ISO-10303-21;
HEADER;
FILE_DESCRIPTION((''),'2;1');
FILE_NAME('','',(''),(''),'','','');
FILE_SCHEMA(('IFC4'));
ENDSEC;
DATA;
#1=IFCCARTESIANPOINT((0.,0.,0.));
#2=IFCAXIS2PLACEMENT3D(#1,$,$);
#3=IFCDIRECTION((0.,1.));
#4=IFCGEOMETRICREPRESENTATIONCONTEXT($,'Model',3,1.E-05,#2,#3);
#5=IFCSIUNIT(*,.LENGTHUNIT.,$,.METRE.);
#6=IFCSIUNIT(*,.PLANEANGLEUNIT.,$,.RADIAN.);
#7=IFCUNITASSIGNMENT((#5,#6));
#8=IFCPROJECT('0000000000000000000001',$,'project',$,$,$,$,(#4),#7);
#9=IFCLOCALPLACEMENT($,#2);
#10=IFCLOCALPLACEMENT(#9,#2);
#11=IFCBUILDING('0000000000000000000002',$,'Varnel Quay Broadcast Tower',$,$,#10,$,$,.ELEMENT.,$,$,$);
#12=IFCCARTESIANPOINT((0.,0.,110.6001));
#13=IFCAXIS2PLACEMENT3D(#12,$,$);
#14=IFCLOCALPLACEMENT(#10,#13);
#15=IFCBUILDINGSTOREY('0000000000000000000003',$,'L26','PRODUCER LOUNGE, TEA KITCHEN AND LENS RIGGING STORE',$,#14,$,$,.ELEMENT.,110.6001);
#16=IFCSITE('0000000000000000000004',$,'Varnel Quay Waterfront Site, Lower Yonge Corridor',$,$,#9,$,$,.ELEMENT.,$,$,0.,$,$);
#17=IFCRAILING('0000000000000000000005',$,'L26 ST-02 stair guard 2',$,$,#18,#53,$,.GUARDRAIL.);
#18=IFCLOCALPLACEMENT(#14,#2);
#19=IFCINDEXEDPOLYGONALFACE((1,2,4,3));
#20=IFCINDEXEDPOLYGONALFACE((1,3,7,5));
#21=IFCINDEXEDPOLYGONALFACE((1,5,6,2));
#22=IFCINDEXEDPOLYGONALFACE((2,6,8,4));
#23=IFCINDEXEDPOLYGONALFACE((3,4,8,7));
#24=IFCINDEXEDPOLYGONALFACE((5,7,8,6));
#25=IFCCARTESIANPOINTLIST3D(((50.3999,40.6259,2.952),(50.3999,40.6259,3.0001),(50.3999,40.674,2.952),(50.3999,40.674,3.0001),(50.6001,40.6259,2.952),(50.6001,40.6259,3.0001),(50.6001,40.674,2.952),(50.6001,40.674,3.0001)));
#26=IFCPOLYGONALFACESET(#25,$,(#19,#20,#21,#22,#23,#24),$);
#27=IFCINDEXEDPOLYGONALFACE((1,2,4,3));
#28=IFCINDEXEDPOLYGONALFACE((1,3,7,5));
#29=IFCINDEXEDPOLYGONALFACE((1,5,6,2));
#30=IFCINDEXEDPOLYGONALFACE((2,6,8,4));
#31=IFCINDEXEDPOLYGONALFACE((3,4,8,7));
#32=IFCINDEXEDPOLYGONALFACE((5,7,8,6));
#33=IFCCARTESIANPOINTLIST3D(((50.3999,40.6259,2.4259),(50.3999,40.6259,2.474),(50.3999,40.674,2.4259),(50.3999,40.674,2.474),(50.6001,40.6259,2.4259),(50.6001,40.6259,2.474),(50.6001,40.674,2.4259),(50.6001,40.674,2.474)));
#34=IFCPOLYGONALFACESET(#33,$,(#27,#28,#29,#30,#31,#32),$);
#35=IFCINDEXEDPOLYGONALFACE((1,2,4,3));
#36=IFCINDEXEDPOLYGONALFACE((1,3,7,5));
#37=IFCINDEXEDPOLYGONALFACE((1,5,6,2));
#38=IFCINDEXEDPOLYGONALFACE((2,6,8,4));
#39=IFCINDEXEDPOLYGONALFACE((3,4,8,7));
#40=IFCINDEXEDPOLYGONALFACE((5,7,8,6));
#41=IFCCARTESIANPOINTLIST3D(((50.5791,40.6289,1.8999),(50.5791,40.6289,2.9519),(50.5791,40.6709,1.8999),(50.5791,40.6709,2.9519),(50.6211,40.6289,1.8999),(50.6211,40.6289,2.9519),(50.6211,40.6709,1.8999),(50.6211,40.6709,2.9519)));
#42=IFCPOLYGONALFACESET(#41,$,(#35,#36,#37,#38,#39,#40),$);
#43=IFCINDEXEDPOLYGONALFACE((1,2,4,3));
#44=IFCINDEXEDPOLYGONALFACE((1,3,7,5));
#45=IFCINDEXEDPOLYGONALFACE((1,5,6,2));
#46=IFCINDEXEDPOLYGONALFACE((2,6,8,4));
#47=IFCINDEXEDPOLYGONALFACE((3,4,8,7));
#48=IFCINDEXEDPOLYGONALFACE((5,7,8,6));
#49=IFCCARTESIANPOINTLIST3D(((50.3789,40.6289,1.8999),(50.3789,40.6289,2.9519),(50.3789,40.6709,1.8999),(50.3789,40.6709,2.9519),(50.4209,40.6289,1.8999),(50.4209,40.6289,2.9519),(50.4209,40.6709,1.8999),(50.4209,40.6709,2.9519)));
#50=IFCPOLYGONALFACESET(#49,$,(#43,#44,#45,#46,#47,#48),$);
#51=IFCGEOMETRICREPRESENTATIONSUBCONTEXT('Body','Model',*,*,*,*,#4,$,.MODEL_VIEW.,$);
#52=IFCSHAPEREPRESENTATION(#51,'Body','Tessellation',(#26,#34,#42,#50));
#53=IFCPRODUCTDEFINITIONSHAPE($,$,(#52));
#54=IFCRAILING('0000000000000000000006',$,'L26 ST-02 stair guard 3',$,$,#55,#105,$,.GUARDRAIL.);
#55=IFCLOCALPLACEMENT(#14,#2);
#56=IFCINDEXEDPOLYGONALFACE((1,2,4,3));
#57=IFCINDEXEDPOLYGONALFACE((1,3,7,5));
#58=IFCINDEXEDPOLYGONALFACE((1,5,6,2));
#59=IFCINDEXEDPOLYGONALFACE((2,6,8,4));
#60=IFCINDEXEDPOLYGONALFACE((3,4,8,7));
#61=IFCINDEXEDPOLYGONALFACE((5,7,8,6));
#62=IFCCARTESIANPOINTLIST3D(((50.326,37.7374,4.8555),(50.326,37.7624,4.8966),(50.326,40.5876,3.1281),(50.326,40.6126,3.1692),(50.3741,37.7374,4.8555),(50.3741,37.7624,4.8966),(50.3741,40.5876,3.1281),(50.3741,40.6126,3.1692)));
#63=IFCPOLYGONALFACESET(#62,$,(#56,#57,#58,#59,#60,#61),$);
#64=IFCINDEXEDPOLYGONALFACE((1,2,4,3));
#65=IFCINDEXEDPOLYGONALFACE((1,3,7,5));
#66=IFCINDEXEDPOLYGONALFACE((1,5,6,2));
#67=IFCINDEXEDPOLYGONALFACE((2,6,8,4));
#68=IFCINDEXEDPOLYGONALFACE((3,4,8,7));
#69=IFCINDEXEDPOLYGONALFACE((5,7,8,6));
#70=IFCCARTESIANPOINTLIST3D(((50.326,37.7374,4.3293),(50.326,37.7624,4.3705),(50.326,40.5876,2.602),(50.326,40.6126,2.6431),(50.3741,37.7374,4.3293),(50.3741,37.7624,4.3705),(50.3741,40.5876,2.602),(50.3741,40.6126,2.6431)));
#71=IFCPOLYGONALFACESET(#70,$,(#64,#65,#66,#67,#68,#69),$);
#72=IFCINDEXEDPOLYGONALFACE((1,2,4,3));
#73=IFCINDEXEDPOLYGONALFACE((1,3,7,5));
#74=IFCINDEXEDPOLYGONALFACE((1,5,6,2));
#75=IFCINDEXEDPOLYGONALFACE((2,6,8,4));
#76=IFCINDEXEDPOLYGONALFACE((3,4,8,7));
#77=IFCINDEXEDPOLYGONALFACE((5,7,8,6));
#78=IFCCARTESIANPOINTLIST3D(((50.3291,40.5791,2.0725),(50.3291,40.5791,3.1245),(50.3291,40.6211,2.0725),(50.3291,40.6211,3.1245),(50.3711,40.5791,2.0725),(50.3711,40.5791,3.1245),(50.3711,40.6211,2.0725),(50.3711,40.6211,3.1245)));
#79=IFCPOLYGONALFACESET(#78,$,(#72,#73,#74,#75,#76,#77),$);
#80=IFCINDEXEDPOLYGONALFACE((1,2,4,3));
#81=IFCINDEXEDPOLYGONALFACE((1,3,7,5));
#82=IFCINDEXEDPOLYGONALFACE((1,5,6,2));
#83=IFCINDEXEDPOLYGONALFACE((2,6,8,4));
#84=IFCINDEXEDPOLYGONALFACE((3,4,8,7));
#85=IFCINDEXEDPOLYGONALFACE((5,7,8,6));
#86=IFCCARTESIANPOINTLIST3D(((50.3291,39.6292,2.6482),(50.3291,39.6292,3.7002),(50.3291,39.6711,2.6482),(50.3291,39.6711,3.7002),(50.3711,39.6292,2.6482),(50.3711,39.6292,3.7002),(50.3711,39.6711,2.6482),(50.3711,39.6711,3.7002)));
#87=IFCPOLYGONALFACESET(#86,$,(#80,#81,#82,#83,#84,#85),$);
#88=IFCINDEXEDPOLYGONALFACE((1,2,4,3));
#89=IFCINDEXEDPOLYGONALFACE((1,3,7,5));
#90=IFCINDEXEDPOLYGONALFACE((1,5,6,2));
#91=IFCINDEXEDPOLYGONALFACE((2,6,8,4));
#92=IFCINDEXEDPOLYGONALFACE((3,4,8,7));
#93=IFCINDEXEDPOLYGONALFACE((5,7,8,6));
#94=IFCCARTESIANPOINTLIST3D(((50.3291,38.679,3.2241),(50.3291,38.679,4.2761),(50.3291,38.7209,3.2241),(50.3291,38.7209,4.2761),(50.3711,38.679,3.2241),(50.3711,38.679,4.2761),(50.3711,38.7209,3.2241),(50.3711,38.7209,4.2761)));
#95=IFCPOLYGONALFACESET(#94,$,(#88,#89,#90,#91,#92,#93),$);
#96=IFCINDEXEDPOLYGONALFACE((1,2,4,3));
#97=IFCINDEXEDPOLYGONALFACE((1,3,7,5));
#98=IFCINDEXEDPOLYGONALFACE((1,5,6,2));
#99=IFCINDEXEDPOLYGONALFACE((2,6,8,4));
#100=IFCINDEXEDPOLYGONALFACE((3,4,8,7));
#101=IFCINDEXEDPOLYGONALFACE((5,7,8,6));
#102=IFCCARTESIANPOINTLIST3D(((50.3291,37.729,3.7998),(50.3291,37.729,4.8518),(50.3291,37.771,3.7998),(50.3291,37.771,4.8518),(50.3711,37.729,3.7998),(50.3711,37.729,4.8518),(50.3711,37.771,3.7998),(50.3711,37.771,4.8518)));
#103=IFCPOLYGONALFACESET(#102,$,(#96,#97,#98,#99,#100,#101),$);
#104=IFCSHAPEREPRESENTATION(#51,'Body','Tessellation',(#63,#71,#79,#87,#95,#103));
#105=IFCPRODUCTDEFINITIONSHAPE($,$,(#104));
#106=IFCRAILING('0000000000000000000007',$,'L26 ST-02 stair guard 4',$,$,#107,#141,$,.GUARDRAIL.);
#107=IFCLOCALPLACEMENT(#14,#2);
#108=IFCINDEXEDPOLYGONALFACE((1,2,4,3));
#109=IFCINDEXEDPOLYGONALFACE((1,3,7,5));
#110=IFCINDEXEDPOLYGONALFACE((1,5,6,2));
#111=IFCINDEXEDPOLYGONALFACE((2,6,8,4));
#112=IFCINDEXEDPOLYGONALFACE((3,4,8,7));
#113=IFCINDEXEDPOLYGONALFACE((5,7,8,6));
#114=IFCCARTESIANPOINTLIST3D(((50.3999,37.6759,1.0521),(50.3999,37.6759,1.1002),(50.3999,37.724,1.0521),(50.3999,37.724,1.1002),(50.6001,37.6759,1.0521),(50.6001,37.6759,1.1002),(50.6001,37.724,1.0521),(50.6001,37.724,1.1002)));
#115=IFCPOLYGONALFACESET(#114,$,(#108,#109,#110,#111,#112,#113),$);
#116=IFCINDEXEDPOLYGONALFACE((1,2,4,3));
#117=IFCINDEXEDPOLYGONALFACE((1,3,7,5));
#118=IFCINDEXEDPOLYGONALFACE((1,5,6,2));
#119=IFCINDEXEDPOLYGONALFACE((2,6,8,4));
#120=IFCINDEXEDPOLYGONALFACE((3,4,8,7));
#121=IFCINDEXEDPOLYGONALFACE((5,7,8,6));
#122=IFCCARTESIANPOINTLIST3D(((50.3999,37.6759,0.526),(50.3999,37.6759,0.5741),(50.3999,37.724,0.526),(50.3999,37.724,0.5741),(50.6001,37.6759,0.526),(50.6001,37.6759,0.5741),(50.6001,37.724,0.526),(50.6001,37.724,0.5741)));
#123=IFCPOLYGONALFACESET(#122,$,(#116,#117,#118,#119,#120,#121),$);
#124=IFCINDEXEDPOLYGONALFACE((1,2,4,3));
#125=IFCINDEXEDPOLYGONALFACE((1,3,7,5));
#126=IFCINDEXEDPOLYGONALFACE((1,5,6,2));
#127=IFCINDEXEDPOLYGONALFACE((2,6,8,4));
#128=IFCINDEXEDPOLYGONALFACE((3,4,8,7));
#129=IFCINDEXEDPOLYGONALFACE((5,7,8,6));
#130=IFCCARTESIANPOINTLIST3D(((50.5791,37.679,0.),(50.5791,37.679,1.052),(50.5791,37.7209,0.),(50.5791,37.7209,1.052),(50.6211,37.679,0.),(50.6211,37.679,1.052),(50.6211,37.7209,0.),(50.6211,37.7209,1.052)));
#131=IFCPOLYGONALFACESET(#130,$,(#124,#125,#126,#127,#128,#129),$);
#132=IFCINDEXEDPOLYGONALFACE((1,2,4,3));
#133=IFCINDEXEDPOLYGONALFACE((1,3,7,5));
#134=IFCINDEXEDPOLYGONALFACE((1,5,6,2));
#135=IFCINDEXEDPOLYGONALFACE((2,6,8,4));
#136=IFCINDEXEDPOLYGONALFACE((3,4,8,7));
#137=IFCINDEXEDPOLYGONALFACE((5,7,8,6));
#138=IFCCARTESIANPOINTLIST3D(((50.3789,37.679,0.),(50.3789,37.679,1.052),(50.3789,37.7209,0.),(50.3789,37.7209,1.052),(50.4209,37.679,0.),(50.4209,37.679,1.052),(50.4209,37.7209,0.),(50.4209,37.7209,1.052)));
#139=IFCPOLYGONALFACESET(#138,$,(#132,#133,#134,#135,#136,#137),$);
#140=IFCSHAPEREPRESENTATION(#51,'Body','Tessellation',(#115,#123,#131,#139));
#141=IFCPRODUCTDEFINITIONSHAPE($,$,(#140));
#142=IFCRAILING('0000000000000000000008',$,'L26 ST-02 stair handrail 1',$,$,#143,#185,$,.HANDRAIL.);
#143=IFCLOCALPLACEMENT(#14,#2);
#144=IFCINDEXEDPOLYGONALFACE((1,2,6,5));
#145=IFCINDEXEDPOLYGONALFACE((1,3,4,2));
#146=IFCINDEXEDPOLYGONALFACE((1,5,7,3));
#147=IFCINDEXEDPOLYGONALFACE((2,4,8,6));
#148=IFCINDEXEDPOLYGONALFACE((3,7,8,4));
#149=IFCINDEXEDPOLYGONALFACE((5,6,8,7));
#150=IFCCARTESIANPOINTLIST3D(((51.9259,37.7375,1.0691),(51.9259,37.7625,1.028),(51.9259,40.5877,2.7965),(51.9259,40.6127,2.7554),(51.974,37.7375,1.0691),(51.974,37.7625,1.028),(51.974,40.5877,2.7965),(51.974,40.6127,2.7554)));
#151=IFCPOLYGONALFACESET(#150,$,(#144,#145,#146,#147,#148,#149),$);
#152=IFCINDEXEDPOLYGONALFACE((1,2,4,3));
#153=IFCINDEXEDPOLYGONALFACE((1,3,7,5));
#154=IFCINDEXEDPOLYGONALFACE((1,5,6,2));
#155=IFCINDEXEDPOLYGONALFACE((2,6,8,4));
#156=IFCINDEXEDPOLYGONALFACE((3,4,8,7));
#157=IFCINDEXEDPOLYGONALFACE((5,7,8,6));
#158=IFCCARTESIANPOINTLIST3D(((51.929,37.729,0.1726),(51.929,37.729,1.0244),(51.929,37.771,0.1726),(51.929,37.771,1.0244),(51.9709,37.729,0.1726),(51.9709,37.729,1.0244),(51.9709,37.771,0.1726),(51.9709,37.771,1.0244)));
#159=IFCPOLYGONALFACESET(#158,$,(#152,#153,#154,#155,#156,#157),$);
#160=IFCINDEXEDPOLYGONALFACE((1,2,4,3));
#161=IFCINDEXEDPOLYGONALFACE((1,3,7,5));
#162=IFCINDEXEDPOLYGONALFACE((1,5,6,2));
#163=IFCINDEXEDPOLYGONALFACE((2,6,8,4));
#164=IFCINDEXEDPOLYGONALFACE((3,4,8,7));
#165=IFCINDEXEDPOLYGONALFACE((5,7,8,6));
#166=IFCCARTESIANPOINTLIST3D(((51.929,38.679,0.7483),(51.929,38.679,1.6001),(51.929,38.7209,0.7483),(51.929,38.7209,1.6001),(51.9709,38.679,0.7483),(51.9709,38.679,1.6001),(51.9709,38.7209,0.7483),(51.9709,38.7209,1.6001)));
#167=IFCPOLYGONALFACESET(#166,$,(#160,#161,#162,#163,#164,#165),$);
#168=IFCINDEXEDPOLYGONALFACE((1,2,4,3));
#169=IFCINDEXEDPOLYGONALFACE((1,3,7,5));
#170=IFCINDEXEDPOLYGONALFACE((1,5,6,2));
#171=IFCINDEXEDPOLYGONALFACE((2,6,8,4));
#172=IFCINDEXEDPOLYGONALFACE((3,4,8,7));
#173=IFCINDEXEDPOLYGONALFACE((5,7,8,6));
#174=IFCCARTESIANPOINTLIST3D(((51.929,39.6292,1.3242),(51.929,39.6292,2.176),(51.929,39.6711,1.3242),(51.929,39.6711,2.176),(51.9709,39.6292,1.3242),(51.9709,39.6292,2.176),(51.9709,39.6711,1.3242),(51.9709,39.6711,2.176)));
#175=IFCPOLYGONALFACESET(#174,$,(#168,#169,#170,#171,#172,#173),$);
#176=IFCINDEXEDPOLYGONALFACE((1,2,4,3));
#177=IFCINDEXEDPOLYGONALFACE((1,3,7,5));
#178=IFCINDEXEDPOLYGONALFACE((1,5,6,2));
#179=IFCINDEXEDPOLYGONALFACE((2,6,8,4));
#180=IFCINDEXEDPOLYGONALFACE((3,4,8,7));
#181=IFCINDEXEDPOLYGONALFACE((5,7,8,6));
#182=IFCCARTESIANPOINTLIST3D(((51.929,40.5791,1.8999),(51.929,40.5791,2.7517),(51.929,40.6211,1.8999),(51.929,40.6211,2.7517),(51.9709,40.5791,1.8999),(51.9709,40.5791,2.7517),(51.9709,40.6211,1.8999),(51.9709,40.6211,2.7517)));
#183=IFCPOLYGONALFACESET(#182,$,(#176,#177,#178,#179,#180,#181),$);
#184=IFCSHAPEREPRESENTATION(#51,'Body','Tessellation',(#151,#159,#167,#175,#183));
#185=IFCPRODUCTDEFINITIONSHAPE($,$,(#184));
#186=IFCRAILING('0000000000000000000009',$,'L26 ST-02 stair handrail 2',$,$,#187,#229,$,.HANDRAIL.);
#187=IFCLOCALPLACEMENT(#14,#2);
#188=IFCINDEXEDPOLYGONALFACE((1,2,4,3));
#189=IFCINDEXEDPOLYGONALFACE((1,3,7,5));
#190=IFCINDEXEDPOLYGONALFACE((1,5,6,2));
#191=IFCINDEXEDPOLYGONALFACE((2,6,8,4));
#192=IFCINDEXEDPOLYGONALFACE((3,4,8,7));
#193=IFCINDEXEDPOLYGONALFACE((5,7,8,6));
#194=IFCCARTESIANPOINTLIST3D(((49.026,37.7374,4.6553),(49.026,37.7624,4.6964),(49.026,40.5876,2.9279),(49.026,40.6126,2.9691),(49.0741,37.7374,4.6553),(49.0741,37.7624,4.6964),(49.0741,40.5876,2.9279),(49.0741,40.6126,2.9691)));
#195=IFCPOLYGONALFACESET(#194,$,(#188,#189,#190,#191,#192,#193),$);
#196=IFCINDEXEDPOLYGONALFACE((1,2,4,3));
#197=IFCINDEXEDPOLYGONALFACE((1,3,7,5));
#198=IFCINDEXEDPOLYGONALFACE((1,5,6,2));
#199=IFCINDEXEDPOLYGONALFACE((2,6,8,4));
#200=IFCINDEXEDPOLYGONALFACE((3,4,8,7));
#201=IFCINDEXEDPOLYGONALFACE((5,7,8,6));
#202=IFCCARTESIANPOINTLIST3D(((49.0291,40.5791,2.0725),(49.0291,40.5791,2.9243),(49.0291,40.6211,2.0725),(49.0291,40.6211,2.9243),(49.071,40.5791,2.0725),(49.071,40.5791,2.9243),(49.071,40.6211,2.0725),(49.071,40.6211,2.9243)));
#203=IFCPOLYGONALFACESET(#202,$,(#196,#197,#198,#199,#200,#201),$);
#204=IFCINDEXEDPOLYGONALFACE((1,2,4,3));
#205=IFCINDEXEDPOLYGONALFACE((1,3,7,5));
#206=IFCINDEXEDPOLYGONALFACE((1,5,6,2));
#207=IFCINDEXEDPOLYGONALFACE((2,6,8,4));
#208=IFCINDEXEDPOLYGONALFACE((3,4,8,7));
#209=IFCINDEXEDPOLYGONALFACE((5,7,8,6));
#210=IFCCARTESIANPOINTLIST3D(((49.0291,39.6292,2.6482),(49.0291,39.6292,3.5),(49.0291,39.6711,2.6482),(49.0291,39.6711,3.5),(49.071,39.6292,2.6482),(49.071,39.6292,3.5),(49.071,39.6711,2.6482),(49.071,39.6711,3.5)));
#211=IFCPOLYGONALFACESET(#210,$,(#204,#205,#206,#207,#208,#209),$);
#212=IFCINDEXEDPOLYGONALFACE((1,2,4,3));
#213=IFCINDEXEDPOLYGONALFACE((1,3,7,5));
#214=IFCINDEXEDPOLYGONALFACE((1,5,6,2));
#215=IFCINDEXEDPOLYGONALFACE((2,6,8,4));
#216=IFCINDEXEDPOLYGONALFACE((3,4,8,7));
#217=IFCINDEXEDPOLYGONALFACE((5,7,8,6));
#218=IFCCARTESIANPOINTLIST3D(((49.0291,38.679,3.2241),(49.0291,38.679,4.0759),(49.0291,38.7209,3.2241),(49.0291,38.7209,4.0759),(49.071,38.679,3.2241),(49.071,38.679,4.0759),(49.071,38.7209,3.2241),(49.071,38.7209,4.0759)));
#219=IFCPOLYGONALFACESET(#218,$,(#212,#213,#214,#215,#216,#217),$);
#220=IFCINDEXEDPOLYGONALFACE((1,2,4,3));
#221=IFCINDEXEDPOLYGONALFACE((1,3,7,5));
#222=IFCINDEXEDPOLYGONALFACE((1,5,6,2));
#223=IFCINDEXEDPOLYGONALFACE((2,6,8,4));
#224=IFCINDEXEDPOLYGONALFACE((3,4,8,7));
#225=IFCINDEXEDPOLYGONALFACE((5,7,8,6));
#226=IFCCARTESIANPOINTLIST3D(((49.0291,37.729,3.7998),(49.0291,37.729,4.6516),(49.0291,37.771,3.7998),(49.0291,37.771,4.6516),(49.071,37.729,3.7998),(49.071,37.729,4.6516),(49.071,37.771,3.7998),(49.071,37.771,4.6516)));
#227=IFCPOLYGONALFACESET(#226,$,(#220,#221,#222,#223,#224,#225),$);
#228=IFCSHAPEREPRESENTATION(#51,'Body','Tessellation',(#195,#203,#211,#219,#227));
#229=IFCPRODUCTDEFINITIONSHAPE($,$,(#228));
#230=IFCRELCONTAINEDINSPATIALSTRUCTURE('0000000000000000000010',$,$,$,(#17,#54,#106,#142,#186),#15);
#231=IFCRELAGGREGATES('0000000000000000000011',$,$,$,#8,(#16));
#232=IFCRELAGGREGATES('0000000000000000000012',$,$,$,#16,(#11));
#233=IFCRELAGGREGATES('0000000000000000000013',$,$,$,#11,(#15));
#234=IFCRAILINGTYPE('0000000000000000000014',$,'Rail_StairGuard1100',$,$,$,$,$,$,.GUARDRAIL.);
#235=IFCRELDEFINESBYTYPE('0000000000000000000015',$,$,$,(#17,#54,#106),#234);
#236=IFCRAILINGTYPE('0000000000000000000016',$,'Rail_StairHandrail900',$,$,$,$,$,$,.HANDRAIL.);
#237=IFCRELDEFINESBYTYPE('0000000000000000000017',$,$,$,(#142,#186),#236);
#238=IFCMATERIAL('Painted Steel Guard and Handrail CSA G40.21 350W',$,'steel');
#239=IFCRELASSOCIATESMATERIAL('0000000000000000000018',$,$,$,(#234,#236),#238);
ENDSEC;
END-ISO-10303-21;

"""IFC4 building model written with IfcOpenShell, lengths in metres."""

from ifc_helpers import new_model, si_unit, direction, frame, origin, origin_2d, place, context, subcontext, project, spatial, rectangle, extrude, material, type_object, element, save


model = new_model("IFC4")

# Units and contexts
model_context = context("Model", 3, precision=1e-05, world=origin(), true_north=direction((0.0, 1.0)))
body_context = subcontext(model_context, "Body", "Model", "MODEL_VIEW")
ifc_project = project(units=[si_unit("LENGTHUNIT", "METRE"), si_unit("PLANEANGLEUNIT", "RADIAN")], contexts=[model_context])

# Site, building, storey
site_placement = place(None, origin())
site = spatial("IfcSite", under=ifc_project, at=site_placement, Name="Varnel Quay Waterfront Site, Lower Yonge Corridor", CompositionType="ELEMENT", RefElevation=0.0)
building_placement = place(site_placement, origin())
building = spatial("IfcBuilding", under=site, at=building_placement, Name="Varnel Quay Broadcast Tower", CompositionType="ELEMENT")
storey_placement = place(building_placement, frame((0.0, 0.0, 110.6001)))
storey = spatial("IfcBuildingStorey", under=building, at=storey_placement, Name="L26", Description="PRODUCER LOUNGE, TEA KITCHEN AND LENS RIGGING STORE", CompositionType="ELEMENT", Elevation=110.6001)

# Railings
ifc_material_1 = material(Name="Painted Steel Guard and Handrail CSA G40.21 350W", Category="steel")
railing_type_1 = type_object("IfcRailingType", Name="Rail_StairGuard1100", PredefinedType="GUARDRAIL", material=ifc_material_1)
railing_1_placement = place(storey_placement, frame((50.6001, 40.6499, 1.8999)))
element("IfcRailing", 1, at=railing_1_placement, inside=storey, type_object=railing_type_1, Name="L26 ST-02 stair guard 2", PredefinedType="GUARDRAIL", context=body_context, shape_type="SweptSolid", body=[
    extrude(rectangle(XDim=0.0481, YDim=0.0481, at=origin_2d()), frame((0.0, 0.0, 1.0762), z_axis=(-1.0, 0.0, 0.0), x_axis=(0.0, -1.0, 0.0)), (0.0, 0.0, 1.0), 0.2002),
    extrude(rectangle(XDim=0.0481, YDim=0.0481, at=origin_2d()), frame((0.0, 0.0, 0.55), z_axis=(-1.0, 0.0, 0.0), x_axis=(0.0, -1.0, 0.0)), (0.0, 0.0, 1.0), 0.2002),
    extrude(rectangle(XDim=0.042, YDim=0.042, at=origin_2d()), origin(), (0.0, 0.0, 1.0), 1.052),
    extrude(rectangle(XDim=0.042, YDim=0.042, at=origin_2d()), frame((-0.2002, 0.0, 0.0)), (0.0, 0.0, 1.0), 1.052),
])
railing_2_placement = place(storey_placement, frame((50.3501, 40.6001, 2.0725)))
element("IfcRailing", 2, at=railing_2_placement, inside=storey, type_object=railing_type_1, Name="L26 ST-02 stair guard 3", PredefinedType="GUARDRAIL", context=body_context, shape_type="SweptSolid", body=[
    extrude(rectangle(XDim=0.0481, YDim=0.0481, at=origin_2d()), frame((0.0, 0.0, 1.0762), z_axis=(0.0, -0.855203, 0.518294), x_axis=(1.0, 0.0, 0.0)), (0.0, 0.0, 1.0), 3.3328),
    extrude(rectangle(XDim=0.0481, YDim=0.0481, at=origin_2d()), frame((0.0, 0.0, 0.55), z_axis=(0.0, -0.855203, 0.518294), x_axis=(1.0, 0.0, 0.0)), (0.0, 0.0, 1.0), 3.3328),
    extrude(rectangle(XDim=0.042, YDim=0.042, at=origin_2d()), origin(), (0.0, 0.0, 1.0), 1.052),
    extrude(rectangle(XDim=0.042, YDim=0.042, at=origin_2d()), frame((0.0, -0.95, 0.5757)), (0.0, 0.0, 1.0), 1.052),
    extrude(rectangle(XDim=0.042, YDim=0.042, at=origin_2d()), frame((0.0, -1.9001, 1.1516)), (0.0, 0.0, 1.0), 1.052),
    extrude(rectangle(XDim=0.042, YDim=0.042, at=origin_2d()), frame((0.0, -2.8501, 1.7273)), (0.0, 0.0, 1.0), 1.052),
])
railing_3_placement = place(storey_placement, frame((50.6001, 37.7, 0.0)))
element("IfcRailing", 3, at=railing_3_placement, inside=storey, type_object=railing_type_1, Name="L26 ST-02 stair guard 4", PredefinedType="GUARDRAIL", context=body_context, shape_type="SweptSolid", body=[
    extrude(rectangle(XDim=0.0481, YDim=0.0481, at=origin_2d()), frame((0.0, 0.0, 1.0762), z_axis=(-1.0, 0.0, 0.0), x_axis=(0.0, -1.0, 0.0)), (0.0, 0.0, 1.0), 0.2002),
    extrude(rectangle(XDim=0.0481, YDim=0.0481, at=origin_2d()), frame((0.0, 0.0, 0.55), z_axis=(-1.0, 0.0, 0.0), x_axis=(0.0, -1.0, 0.0)), (0.0, 0.0, 1.0), 0.2002),
    extrude(rectangle(XDim=0.042, YDim=0.042, at=origin_2d()), origin(), (0.0, 0.0, 1.0), 1.052),
    extrude(rectangle(XDim=0.042, YDim=0.042, at=origin_2d()), frame((-0.2002, 0.0, 0.0)), (0.0, 0.0, 1.0), 1.052),
])
railing_type_2 = type_object("IfcRailingType", Name="Rail_StairHandrail900", PredefinedType="HANDRAIL", material=ifc_material_1)
railing_4_placement = place(storey_placement, frame((51.95, 37.75, 0.1726)))
element("IfcRailing", 4, at=railing_4_placement, inside=storey, type_object=railing_type_2, Name="L26 ST-02 stair handrail 1", PredefinedType="HANDRAIL", context=body_context, shape_type="SweptSolid", body=[
    extrude(rectangle(XDim=0.0481, YDim=0.0481, at=origin_2d()), frame((0.0, 0.0, 0.876), z_axis=(0.0, 0.855203, 0.518294), x_axis=(-1.0, 0.0, 0.0)), (0.0, 0.0, 1.0), 3.3328),
    extrude(rectangle(XDim=0.042, YDim=0.042, at=origin_2d()), origin(), (0.0, 0.0, 1.0), 0.8518),
    extrude(rectangle(XDim=0.042, YDim=0.042, at=origin_2d()), frame((0.0, 0.95, 0.5757)), (0.0, 0.0, 1.0), 0.8518),
    extrude(rectangle(XDim=0.042, YDim=0.042, at=origin_2d()), frame((0.0, 1.9001, 1.1516)), (0.0, 0.0, 1.0), 0.8518),
    extrude(rectangle(XDim=0.042, YDim=0.042, at=origin_2d()), frame((0.0, 2.8501, 1.7273)), (0.0, 0.0, 1.0), 0.8518),
])
railing_5_placement = place(storey_placement, frame((49.05, 40.6001, 2.0725)))
element("IfcRailing", 5, at=railing_5_placement, inside=storey, type_object=railing_type_2, Name="L26 ST-02 stair handrail 2", PredefinedType="HANDRAIL", context=body_context, shape_type="SweptSolid", body=[
    extrude(rectangle(XDim=0.0481, YDim=0.0481, at=origin_2d()), frame((0.0, 0.0, 0.876), z_axis=(0.0, -0.855203, 0.518294), x_axis=(1.0, 0.0, 0.0)), (0.0, 0.0, 1.0), 3.3328),
    extrude(rectangle(XDim=0.042, YDim=0.042, at=origin_2d()), origin(), (0.0, 0.0, 1.0), 0.8518),
    extrude(rectangle(XDim=0.042, YDim=0.042, at=origin_2d()), frame((0.0, -0.95, 0.5757)), (0.0, 0.0, 1.0), 0.8518),
    extrude(rectangle(XDim=0.042, YDim=0.042, at=origin_2d()), frame((0.0, -1.9001, 1.1516)), (0.0, 0.0, 1.0), 0.8518),
    extrude(rectangle(XDim=0.042, YDim=0.042, at=origin_2d()), frame((0.0, -2.8501, 1.7273)), (0.0, 0.0, 1.0), 0.8518),
])

save(model, "model.ifc")
